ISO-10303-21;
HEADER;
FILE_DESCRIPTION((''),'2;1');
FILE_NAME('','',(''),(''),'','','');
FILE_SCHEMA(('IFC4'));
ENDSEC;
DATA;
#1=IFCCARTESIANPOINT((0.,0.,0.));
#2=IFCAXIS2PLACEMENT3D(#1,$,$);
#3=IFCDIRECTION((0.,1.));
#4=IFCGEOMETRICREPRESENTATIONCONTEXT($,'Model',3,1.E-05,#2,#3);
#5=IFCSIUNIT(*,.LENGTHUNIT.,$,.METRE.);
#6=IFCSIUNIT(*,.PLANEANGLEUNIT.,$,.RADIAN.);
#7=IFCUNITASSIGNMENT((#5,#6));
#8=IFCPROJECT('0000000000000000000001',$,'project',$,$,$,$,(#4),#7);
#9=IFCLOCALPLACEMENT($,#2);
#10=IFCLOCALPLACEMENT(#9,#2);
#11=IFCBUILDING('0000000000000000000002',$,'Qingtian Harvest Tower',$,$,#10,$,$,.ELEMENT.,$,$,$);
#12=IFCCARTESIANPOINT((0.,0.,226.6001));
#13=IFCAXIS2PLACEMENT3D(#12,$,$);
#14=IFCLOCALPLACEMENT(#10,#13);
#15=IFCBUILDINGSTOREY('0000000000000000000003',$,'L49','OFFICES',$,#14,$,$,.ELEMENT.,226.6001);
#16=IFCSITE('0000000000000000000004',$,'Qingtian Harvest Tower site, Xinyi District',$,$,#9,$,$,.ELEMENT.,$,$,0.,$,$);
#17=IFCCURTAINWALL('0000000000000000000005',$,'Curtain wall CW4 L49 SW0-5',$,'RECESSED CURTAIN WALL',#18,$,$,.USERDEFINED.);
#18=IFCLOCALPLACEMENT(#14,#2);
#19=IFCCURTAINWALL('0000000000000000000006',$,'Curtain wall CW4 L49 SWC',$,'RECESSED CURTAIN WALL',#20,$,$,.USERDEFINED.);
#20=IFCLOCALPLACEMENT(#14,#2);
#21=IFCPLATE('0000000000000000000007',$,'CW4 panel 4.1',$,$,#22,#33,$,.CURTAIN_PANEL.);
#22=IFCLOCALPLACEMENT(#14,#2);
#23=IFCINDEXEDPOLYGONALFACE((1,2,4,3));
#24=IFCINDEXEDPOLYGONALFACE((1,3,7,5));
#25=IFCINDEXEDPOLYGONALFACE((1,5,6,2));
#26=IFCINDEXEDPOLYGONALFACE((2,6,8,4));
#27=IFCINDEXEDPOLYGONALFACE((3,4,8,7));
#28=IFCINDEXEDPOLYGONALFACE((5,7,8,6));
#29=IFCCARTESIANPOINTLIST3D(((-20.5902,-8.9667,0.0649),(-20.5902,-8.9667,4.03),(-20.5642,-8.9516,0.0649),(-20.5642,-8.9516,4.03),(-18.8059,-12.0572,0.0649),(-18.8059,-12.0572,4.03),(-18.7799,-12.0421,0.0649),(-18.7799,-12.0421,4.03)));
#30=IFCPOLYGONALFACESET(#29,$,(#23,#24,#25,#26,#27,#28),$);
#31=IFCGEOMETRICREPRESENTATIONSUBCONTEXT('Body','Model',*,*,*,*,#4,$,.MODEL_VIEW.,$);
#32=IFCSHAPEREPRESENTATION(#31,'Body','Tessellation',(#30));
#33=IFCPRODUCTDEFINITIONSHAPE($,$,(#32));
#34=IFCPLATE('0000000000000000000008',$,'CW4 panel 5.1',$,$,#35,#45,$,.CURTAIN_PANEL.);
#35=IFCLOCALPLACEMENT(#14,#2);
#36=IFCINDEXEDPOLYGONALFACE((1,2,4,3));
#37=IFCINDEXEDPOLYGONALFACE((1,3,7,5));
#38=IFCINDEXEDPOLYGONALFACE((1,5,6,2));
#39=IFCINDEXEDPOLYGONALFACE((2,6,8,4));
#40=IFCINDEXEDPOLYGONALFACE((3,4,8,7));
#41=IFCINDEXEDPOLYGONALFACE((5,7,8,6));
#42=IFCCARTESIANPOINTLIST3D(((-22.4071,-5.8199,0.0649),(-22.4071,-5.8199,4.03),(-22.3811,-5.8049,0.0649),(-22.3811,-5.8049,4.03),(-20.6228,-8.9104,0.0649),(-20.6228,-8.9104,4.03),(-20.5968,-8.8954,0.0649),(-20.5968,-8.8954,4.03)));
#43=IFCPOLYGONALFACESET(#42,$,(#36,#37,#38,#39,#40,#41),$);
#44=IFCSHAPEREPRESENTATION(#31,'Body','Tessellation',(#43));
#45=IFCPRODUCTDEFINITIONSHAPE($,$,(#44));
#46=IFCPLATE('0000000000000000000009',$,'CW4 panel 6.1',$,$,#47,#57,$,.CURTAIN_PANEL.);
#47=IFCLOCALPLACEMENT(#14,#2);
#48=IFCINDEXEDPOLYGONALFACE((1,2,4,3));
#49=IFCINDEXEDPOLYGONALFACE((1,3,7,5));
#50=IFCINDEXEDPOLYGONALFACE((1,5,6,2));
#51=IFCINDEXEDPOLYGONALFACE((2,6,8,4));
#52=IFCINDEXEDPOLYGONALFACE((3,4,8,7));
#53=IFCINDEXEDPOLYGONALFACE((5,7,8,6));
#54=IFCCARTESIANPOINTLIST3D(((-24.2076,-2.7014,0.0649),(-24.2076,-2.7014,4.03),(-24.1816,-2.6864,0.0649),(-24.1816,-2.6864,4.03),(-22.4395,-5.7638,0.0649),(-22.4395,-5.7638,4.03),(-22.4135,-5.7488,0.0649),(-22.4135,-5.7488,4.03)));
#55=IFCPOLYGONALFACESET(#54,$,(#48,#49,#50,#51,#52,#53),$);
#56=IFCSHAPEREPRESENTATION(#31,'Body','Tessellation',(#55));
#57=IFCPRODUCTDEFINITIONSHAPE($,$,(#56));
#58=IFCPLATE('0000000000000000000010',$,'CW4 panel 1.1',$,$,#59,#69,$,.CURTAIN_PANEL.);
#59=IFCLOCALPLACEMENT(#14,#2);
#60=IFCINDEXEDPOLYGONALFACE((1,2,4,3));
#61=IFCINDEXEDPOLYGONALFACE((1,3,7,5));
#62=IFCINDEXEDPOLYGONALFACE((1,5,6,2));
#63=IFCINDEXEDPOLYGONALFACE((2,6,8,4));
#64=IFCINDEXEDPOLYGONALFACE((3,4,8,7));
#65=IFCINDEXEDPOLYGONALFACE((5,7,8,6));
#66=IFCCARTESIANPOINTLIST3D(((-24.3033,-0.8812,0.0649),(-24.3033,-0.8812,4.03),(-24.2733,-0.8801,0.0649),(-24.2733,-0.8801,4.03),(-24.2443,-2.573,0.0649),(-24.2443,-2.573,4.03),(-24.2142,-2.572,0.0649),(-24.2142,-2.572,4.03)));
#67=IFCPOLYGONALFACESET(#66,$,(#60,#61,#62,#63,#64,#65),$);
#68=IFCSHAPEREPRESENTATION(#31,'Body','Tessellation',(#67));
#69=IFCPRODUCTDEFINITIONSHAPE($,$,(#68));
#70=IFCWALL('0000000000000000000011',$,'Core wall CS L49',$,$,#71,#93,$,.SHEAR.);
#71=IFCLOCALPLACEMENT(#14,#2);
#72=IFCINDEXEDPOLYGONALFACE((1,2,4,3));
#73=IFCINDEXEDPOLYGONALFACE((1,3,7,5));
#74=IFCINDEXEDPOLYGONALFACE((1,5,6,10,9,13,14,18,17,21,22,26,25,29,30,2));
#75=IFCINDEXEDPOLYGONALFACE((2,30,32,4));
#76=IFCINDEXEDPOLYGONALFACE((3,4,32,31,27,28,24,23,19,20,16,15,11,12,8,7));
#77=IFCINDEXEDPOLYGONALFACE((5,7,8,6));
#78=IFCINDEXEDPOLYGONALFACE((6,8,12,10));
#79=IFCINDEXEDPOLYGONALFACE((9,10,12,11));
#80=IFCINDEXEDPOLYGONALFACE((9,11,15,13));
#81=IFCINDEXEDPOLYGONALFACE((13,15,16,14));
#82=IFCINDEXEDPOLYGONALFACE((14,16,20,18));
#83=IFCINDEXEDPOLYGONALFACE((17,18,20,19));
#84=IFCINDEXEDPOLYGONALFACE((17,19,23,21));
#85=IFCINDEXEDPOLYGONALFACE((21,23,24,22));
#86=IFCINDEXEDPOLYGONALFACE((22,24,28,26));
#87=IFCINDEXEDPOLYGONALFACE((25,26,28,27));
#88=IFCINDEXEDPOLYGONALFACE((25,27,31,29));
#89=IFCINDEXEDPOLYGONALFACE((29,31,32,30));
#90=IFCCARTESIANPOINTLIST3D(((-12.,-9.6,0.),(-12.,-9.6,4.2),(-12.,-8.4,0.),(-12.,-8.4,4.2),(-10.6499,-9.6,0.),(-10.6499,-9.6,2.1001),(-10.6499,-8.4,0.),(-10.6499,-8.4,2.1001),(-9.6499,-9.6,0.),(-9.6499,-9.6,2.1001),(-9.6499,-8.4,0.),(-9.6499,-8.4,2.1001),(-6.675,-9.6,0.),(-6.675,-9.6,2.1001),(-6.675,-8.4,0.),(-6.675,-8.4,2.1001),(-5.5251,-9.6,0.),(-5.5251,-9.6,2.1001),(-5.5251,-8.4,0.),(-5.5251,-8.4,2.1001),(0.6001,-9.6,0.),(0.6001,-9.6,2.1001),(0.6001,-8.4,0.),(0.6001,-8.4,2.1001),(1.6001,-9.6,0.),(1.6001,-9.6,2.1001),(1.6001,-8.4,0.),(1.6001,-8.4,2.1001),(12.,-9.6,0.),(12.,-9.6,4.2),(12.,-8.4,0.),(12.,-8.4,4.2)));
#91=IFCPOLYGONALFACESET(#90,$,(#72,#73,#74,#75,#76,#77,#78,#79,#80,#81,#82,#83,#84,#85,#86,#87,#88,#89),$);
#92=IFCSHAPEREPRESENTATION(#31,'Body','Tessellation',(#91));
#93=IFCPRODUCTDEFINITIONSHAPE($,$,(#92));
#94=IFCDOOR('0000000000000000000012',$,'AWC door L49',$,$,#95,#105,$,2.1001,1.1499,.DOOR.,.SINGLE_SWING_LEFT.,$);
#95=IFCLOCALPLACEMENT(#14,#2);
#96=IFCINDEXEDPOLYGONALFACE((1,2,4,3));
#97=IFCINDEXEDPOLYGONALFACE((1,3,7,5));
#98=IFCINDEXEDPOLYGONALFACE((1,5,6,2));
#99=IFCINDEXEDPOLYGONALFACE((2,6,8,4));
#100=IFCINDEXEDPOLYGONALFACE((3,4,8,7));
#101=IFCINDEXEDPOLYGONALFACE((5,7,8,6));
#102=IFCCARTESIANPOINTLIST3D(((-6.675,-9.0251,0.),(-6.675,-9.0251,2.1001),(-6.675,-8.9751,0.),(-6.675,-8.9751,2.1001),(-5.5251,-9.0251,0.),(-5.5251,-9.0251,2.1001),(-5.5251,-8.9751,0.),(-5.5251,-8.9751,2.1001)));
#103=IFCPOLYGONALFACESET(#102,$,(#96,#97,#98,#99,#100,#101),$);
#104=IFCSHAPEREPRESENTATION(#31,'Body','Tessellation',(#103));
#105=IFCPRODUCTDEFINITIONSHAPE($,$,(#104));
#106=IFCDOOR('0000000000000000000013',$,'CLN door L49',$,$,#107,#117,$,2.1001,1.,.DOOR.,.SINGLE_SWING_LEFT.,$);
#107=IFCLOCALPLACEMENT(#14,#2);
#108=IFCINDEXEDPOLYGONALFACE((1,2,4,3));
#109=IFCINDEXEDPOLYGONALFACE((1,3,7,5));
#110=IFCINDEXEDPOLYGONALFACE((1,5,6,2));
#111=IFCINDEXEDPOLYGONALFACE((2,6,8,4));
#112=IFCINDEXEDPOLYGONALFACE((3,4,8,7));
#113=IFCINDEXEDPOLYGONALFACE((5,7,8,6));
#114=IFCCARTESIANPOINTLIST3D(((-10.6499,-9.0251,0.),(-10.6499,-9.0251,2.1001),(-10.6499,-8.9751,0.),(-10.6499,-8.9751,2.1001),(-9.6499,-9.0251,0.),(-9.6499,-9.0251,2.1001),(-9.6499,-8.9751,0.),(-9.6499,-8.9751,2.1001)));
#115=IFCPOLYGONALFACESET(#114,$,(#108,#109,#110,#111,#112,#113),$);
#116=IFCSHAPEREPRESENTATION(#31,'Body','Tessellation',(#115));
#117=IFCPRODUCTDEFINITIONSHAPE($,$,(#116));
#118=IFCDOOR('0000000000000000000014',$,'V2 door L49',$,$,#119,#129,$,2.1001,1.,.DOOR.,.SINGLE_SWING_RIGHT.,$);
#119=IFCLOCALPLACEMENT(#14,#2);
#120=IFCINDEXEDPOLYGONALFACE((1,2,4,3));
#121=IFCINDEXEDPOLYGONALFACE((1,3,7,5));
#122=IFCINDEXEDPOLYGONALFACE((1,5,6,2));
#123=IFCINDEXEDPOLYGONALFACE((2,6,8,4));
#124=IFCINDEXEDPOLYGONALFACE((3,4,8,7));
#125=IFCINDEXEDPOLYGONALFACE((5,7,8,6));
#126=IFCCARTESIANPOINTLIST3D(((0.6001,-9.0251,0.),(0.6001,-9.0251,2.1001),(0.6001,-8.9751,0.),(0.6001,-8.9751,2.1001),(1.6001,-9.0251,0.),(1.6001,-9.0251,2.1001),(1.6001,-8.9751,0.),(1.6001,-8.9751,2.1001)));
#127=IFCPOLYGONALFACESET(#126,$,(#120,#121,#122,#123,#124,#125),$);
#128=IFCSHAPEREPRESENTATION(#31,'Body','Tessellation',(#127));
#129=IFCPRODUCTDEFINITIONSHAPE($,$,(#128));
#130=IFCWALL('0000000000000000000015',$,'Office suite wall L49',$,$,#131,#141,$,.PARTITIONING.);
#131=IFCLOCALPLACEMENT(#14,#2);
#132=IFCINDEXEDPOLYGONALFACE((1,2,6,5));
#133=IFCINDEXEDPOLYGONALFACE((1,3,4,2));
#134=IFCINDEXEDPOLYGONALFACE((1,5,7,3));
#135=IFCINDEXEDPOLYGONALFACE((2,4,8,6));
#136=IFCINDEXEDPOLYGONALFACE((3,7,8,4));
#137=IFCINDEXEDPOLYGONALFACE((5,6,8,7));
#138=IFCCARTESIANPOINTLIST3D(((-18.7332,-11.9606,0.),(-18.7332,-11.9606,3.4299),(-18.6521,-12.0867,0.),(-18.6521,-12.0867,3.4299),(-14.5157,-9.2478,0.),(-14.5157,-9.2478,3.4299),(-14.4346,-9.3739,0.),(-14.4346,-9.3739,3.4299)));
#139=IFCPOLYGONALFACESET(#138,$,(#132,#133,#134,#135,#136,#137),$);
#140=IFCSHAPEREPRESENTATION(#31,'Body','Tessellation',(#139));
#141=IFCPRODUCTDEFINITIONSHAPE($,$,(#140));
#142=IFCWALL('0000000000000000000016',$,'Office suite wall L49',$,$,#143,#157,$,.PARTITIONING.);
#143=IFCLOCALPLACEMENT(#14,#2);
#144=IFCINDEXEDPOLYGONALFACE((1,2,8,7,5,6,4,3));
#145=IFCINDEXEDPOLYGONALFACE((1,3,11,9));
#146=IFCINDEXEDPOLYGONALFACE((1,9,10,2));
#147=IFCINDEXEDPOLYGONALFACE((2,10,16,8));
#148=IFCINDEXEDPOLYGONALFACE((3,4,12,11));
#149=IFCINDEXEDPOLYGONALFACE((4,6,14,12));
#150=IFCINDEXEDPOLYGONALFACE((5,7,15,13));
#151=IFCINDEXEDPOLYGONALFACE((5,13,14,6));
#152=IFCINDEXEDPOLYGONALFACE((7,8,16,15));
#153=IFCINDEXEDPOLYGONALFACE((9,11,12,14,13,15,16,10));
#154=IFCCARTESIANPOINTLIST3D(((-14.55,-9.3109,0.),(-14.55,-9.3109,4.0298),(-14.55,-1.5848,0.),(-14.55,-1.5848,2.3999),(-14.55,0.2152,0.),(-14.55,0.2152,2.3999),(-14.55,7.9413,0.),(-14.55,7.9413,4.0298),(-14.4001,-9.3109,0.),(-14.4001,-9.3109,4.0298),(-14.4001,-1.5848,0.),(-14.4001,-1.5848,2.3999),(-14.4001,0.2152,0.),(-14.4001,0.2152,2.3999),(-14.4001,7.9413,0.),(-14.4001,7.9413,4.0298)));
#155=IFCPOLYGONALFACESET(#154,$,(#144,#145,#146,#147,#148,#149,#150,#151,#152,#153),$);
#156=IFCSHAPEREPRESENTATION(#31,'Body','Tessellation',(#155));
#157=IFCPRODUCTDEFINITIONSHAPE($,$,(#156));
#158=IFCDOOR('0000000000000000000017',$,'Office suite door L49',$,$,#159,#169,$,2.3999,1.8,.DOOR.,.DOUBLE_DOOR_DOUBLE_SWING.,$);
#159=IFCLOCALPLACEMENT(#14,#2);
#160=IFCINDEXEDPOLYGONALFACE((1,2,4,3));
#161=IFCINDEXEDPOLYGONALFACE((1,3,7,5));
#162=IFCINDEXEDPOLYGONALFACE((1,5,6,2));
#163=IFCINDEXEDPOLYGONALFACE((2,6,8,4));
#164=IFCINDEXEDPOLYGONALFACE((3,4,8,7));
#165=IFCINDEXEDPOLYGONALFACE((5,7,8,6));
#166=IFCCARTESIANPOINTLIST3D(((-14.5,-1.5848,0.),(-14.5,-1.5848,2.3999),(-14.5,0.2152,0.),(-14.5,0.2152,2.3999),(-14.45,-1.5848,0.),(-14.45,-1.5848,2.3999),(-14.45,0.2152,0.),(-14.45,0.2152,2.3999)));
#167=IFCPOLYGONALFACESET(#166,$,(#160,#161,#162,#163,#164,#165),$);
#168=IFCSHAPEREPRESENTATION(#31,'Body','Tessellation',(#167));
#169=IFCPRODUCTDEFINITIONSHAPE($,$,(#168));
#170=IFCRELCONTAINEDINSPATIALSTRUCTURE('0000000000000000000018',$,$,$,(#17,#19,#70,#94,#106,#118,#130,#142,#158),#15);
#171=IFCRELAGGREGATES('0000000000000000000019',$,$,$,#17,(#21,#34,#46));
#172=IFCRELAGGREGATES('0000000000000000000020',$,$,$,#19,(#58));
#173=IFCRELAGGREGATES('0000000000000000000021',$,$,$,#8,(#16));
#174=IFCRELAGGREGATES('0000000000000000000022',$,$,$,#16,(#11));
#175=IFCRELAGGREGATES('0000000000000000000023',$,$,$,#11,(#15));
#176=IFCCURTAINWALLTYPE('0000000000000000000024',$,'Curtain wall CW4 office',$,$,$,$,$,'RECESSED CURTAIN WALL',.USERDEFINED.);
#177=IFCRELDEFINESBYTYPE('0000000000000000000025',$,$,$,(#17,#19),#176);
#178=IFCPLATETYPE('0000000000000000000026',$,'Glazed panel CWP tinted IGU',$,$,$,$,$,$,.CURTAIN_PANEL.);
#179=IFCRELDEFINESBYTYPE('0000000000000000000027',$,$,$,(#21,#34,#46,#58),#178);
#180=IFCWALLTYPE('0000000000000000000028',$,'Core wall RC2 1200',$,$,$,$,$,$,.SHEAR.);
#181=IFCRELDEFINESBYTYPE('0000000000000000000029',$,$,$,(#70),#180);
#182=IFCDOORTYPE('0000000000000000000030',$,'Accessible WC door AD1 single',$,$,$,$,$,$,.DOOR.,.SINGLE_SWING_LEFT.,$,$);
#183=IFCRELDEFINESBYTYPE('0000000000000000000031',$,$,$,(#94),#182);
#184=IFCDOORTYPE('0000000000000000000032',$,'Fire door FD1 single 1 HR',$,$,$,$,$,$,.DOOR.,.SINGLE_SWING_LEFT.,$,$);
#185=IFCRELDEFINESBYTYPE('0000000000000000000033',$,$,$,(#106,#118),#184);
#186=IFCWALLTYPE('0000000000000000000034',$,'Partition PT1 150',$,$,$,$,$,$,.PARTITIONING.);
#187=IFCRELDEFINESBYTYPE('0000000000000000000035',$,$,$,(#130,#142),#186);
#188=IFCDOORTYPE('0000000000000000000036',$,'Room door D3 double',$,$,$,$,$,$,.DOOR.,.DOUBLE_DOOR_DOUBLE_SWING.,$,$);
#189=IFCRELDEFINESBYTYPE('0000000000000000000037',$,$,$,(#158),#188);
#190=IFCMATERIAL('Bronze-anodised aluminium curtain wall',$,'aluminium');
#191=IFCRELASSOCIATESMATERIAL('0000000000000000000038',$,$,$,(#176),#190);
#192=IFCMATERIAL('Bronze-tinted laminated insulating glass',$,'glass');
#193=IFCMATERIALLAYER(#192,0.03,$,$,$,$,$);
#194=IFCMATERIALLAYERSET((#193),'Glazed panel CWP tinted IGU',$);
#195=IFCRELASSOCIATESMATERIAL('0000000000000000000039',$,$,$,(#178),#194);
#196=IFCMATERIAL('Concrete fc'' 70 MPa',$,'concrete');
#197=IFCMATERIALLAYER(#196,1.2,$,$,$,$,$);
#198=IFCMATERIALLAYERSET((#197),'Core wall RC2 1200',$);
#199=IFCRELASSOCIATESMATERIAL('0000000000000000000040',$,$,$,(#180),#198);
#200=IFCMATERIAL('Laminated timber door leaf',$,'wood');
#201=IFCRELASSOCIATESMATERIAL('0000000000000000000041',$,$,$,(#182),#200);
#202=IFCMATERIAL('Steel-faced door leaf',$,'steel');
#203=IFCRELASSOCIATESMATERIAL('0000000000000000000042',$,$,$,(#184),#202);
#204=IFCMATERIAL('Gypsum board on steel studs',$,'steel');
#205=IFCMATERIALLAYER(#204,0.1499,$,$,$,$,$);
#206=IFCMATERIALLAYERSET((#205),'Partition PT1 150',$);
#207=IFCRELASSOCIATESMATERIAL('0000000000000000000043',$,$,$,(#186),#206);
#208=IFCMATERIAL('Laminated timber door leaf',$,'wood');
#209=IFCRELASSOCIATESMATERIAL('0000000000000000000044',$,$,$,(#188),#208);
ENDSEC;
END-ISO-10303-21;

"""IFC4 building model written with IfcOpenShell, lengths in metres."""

from ifc_helpers import new_model, si_unit, direction, frame, frame_2d, origin, origin_2d, place, context, subcontext, project, spatial, rectangle, extrude, material, layer, layer_set, type_object, element, fill, aggregate, save


model = new_model("IFC4")

# Units and contexts
model_context = context("Model", 3, precision=1e-05, world=origin(), true_north=direction((0.0, 1.0)))
body_context = subcontext(model_context, "Body", "Model", "MODEL_VIEW")
ifc_project = project(units=[si_unit("LENGTHUNIT", "METRE"), si_unit("PLANEANGLEUNIT", "RADIAN")], contexts=[model_context])

# Site, building, storey
site_placement = place(None, origin())
site = spatial("IfcSite", under=ifc_project, at=site_placement, Name="Qingtian Harvest Tower site, Xinyi District", CompositionType="ELEMENT", RefElevation=0.0)
building_placement = place(site_placement, origin())
building = spatial("IfcBuilding", under=site, at=building_placement, Name="Qingtian Harvest Tower", CompositionType="ELEMENT")
storey_placement = place(building_placement, frame((0.0, 0.0, 226.6001)))
storey = spatial("IfcBuildingStorey", under=building, at=storey_placement, Name="L49", Description="OFFICES", CompositionType="ELEMENT", Elevation=226.6001)

# Curtain walls
ifc_material_1 = material(Name="Bronze-anodised aluminium curtain wall", Category="aluminium")
curtain_wall_type = type_object("IfcCurtainWallType", Name="Curtain wall CW4 office", ElementType="RECESSED CURTAIN WALL", PredefinedType="USERDEFINED", material=ifc_material_1)
curtain_wall_1_placement = place(storey_placement, origin())
curtain_wall_1 = element("IfcCurtainWall", 1, at=curtain_wall_1_placement, inside=storey, type_object=curtain_wall_type, Name="Curtain wall CW4 L49 SW0-5", ObjectType="RECESSED CURTAIN WALL", PredefinedType="USERDEFINED")
curtain_wall_2_placement = place(storey_placement, origin())
curtain_wall_2 = element("IfcCurtainWall", 2, at=curtain_wall_2_placement, inside=storey, type_object=curtain_wall_type, Name="Curtain wall CW4 L49 SWC", ObjectType="RECESSED CURTAIN WALL", PredefinedType="USERDEFINED")

# Plates
ifc_material_2 = material(Name="Bronze-tinted laminated insulating glass", Category="glass")
ifc_layer_1 = layer(ifc_material_2, 0.03)
ifc_layer_set_1 = layer_set([ifc_layer_1], Name="Glazed panel CWP tinted IGU")
plate_type = type_object("IfcPlateType", Name="Glazed panel CWP tinted IGU", PredefinedType="CURTAIN_PANEL", material=ifc_layer_set_1)
plate_1_placement = place(storey_placement, frame((-19.6851, -10.5044, 0.0649), z_axis=(0.0, 0.0, 1.0), x_axis=(-0.5, 0.866025, 0.0)))
plate_1 = element("IfcPlate", 3, at=plate_1_placement, type_object=plate_type, Name="CW4 panel 4.1", PredefinedType="CURTAIN_PANEL", context=body_context, shape_type="SweptSolid", body=[
    extrude(rectangle(XDim=3.5686, YDim=0.03, at=origin_2d()), origin(), (0.0, 0.0, 1.0), 3.9651),
])
plate_2_placement = place(storey_placement, frame((-21.502, -7.3577, 0.0649), z_axis=(0.0, 0.0, 1.0), x_axis=(-0.5, 0.866025, 0.0)))
plate_2 = element("IfcPlate", 4, at=plate_2_placement, type_object=plate_type, Name="CW4 panel 5.1", PredefinedType="CURTAIN_PANEL", context=body_context, shape_type="SweptSolid", body=[
    extrude(rectangle(XDim=3.5686, YDim=0.03, at=origin_2d()), origin(), (0.0, 0.0, 1.0), 3.9651),
])
plate_3_placement = place(storey_placement, frame((-23.3105, -4.2251, 0.0649), z_axis=(0.0, 0.0, 1.0), x_axis=(-0.5, 0.866025, 0.0)))
plate_3 = element("IfcPlate", 5, at=plate_3_placement, type_object=plate_type, Name="CW4 panel 6.1", PredefinedType="CURTAIN_PANEL", context=body_context, shape_type="SweptSolid", body=[
    extrude(rectangle(XDim=3.5361, YDim=0.03, at=origin_2d()), origin(), (0.0, 0.0, 1.0), 3.9651),
])
aggregate(curtain_wall_1, [plate_1, plate_2, plate_3])
plate_4_placement = place(storey_placement, frame((-24.2588, -1.7266, 0.0649), z_axis=(0.0, 0.0, 1.0), x_axis=(-0.034899, 0.999391, 0.0)))
plate_4 = element("IfcPlate", 6, at=plate_4_placement, type_object=plate_type, Name="CW4 panel 1.1", PredefinedType="CURTAIN_PANEL", context=body_context, shape_type="SweptSolid", body=[
    extrude(rectangle(XDim=1.6929, YDim=0.03, at=origin_2d()), origin(), (0.0, 0.0, 1.0), 3.9651),
])
aggregate(curtain_wall_2, [plate_4])

# Wall, openings, doors
ifc_material_3 = material(Name="Concrete fc' 70 MPa", Category="concrete")
ifc_layer_2 = layer(ifc_material_3, 1.2)
ifc_layer_set_2 = layer_set([ifc_layer_2], Name="Core wall RC2 1200")
wall_type_1 = type_object("IfcWallType", Name="Core wall RC2 1200", PredefinedType="SHEAR", material=ifc_layer_set_2)
wall_1_placement = place(storey_placement, frame((-12.0, -9.0, 0.0), z_axis=(0.0, 0.0, 1.0), x_axis=(1.0, 0.0, 0.0)))
wall_1 = element("IfcWall", 7, at=wall_1_placement, inside=storey, type_object=wall_type_1, Name="Core wall CS L49", PredefinedType="SHEAR", context=body_context, shape_type="SweptSolid", body=[
    extrude(rectangle(XDim=24.0, YDim=1.2, at=frame_2d((12.0, 0.0))), origin(), (0.0, 0.0, 1.0), 4.2),
])
opening_1_placement = place(wall_1_placement, frame((1.3501, 0.0, 0.0)))
opening_1 = element("IfcOpeningElement", 8, at=opening_1_placement, cuts=wall_1, PredefinedType="OPENING", context=body_context, shape_type="SweptSolid", body=[
    extrude(rectangle(XDim=1.0, YDim=2.1001, at=frame_2d((0.5, 1.05))), frame((0.0, 0.6099, 0.0), z_axis=(0.0, -1.0, 0.0), x_axis=(1.0, 0.0, 0.0)), (0.0, 0.0, 1.0), 1.22),
])
opening_2_placement = place(wall_1_placement, frame((5.325, 0.0, 0.0)))
opening_2 = element("IfcOpeningElement", 9, at=opening_2_placement, cuts=wall_1, PredefinedType="OPENING", context=body_context, shape_type="SweptSolid", body=[
    extrude(rectangle(XDim=1.1499, YDim=2.1001, at=frame_2d((0.575, 1.05))), frame((0.0, 0.6099, 0.0), z_axis=(0.0, -1.0, 0.0), x_axis=(1.0, 0.0, 0.0)), (0.0, 0.0, 1.0), 1.22),
])
opening_3_placement = place(wall_1_placement, frame((12.6001, 0.0, 0.0)))
opening_3 = element("IfcOpeningElement", 10, at=opening_3_placement, cuts=wall_1, PredefinedType="OPENING", context=body_context, shape_type="SweptSolid", body=[
    extrude(rectangle(XDim=1.0, YDim=2.1001, at=frame_2d((0.5, 1.05))), frame((0.0, 0.6099, 0.0), z_axis=(0.0, -1.0, 0.0), x_axis=(1.0, 0.0, 0.0)), (0.0, 0.0, 1.0), 1.22),
])
ifc_material_4 = material(Name="Laminated timber door leaf", Category="wood")
door_type_1 = type_object("IfcDoorType", Name="Accessible WC door AD1 single", OperationType="SINGLE_SWING_LEFT", PredefinedType="DOOR", material=ifc_material_4)
door_1_placement = place(opening_2_placement, origin())
door_1 = element("IfcDoor", 11, at=door_1_placement, inside=storey, type_object=door_type_1, Name="AWC door L49", OperationType="SINGLE_SWING_LEFT", OverallHeight=2.1001, OverallWidth=1.1499, PredefinedType="DOOR", context=body_context, shape_type="SweptSolid", body=[
    extrude(rectangle(XDim=1.1499, YDim=2.1001, at=frame_2d((0.575, 1.05))), frame((0.0, 0.0249, 0.0), z_axis=(0.0, -1.0, 0.0), x_axis=(1.0, 0.0, 0.0)), (0.0, 0.0, 1.0), 0.05),
])
fill(opening_2, door_1)
ifc_material_5 = material(Name="Steel-faced door leaf", Category="steel")
door_type_2 = type_object("IfcDoorType", Name="Fire door FD1 single 1 HR", OperationType="SINGLE_SWING_LEFT", PredefinedType="DOOR", material=ifc_material_5)
door_2_placement = place(opening_1_placement, origin())
door_2 = element("IfcDoor", 12, at=door_2_placement, inside=storey, type_object=door_type_2, Name="CLN door L49", OperationType="SINGLE_SWING_LEFT", OverallHeight=2.1001, OverallWidth=1.0, PredefinedType="DOOR", context=body_context, shape_type="SweptSolid", body=[
    extrude(rectangle(XDim=1.0, YDim=2.1001, at=frame_2d((0.5, 1.05))), frame((0.0, 0.0249, 0.0), z_axis=(0.0, -1.0, 0.0), x_axis=(1.0, 0.0, 0.0)), (0.0, 0.0, 1.0), 0.05),
])
fill(opening_1, door_2)
door_3_placement = place(opening_3_placement, origin())
door_3 = element("IfcDoor", 13, at=door_3_placement, inside=storey, type_object=door_type_2, Name="V2 door L49", OperationType="SINGLE_SWING_RIGHT", OverallHeight=2.1001, OverallWidth=1.0, PredefinedType="DOOR", context=body_context, shape_type="SweptSolid", body=[
    extrude(rectangle(XDim=1.0, YDim=2.1001, at=frame_2d((0.5, 1.05))), frame((0.0, 0.0249, 0.0), z_axis=(0.0, -1.0, 0.0), x_axis=(1.0, 0.0, 0.0)), (0.0, 0.0, 1.0), 0.05),
])
fill(opening_3, door_3)

# Wall
ifc_material_6 = material(Name="Gypsum board on steel studs", Category="steel")
ifc_layer_3 = layer(ifc_material_6, 0.1499)
ifc_layer_set_3 = layer_set([ifc_layer_3], Name="Partition PT1 150")
wall_type_2 = type_object("IfcWallType", Name="Partition PT1 150", PredefinedType="PARTITIONING", material=ifc_layer_set_3)
wall_2_placement = place(storey_placement, frame((-18.6926, -12.0237, 0.0), z_axis=(0.0, 0.0, 1.0), x_axis=(0.841031, 0.540986, 0.0)))
element("IfcWall", 14, at=wall_2_placement, inside=storey, type_object=wall_type_2, Name="Office suite wall L49", PredefinedType="PARTITIONING", context=body_context, shape_type="SweptSolid", body=[
    extrude(rectangle(XDim=5.0146, YDim=0.1499, at=frame_2d((2.5073, 0.0))), origin(), (0.0, 0.0, 1.0), 3.4299),
])

# Wall, opening, door
wall_3_placement = place(storey_placement, frame((-14.4751, -9.3108, 0.0), z_axis=(0.0, 0.0, 1.0), x_axis=(0.0, 1.0, 0.0)))
wall_3 = element("IfcWall", 15, at=wall_3_placement, inside=storey, type_object=wall_type_2, Name="Office suite wall L49", PredefinedType="PARTITIONING", context=body_context, shape_type="SweptSolid", body=[
    extrude(rectangle(XDim=17.2522, YDim=0.1499, at=frame_2d((8.626, 0.0))), origin(), (0.0, 0.0, 1.0), 4.0298),
])
opening_4_placement = place(wall_3_placement, frame((7.7261, 0.0, 0.0)))
opening_4 = element("IfcOpeningElement", 16, at=opening_4_placement, cuts=wall_3, PredefinedType="OPENING", context=body_context, shape_type="SweptSolid", body=[
    extrude(rectangle(XDim=1.8, YDim=2.3999, at=frame_2d((0.8999, 1.2))), frame((0.0, 0.085, 0.0), z_axis=(0.0, -1.0, 0.0), x_axis=(1.0, 0.0, 0.0)), (0.0, 0.0, 1.0), 0.1699),
])
ifc_material_7 = material(Name="Laminated timber door leaf", Category="wood")
door_type_3 = type_object("IfcDoorType", Name="Room door D3 double", OperationType="DOUBLE_DOOR_DOUBLE_SWING", PredefinedType="DOOR", material=ifc_material_7)
door_4_placement = place(opening_4_placement, origin())
door_4 = element("IfcDoor", 17, at=door_4_placement, inside=storey, type_object=door_type_3, Name="Office suite door L49", OperationType="DOUBLE_DOOR_DOUBLE_SWING", OverallHeight=2.3999, OverallWidth=1.8, PredefinedType="DOOR", context=body_context, shape_type="SweptSolid", body=[
    extrude(rectangle(XDim=1.8, YDim=2.3999, at=frame_2d((0.8999, 1.2))), frame((0.0, 0.0249, 0.0), z_axis=(0.0, -1.0, 0.0), x_axis=(1.0, 0.0, 0.0)), (0.0, 0.0, 1.0), 0.05),
])
fill(opening_4, door_4)

save(model, "model.ifc")
